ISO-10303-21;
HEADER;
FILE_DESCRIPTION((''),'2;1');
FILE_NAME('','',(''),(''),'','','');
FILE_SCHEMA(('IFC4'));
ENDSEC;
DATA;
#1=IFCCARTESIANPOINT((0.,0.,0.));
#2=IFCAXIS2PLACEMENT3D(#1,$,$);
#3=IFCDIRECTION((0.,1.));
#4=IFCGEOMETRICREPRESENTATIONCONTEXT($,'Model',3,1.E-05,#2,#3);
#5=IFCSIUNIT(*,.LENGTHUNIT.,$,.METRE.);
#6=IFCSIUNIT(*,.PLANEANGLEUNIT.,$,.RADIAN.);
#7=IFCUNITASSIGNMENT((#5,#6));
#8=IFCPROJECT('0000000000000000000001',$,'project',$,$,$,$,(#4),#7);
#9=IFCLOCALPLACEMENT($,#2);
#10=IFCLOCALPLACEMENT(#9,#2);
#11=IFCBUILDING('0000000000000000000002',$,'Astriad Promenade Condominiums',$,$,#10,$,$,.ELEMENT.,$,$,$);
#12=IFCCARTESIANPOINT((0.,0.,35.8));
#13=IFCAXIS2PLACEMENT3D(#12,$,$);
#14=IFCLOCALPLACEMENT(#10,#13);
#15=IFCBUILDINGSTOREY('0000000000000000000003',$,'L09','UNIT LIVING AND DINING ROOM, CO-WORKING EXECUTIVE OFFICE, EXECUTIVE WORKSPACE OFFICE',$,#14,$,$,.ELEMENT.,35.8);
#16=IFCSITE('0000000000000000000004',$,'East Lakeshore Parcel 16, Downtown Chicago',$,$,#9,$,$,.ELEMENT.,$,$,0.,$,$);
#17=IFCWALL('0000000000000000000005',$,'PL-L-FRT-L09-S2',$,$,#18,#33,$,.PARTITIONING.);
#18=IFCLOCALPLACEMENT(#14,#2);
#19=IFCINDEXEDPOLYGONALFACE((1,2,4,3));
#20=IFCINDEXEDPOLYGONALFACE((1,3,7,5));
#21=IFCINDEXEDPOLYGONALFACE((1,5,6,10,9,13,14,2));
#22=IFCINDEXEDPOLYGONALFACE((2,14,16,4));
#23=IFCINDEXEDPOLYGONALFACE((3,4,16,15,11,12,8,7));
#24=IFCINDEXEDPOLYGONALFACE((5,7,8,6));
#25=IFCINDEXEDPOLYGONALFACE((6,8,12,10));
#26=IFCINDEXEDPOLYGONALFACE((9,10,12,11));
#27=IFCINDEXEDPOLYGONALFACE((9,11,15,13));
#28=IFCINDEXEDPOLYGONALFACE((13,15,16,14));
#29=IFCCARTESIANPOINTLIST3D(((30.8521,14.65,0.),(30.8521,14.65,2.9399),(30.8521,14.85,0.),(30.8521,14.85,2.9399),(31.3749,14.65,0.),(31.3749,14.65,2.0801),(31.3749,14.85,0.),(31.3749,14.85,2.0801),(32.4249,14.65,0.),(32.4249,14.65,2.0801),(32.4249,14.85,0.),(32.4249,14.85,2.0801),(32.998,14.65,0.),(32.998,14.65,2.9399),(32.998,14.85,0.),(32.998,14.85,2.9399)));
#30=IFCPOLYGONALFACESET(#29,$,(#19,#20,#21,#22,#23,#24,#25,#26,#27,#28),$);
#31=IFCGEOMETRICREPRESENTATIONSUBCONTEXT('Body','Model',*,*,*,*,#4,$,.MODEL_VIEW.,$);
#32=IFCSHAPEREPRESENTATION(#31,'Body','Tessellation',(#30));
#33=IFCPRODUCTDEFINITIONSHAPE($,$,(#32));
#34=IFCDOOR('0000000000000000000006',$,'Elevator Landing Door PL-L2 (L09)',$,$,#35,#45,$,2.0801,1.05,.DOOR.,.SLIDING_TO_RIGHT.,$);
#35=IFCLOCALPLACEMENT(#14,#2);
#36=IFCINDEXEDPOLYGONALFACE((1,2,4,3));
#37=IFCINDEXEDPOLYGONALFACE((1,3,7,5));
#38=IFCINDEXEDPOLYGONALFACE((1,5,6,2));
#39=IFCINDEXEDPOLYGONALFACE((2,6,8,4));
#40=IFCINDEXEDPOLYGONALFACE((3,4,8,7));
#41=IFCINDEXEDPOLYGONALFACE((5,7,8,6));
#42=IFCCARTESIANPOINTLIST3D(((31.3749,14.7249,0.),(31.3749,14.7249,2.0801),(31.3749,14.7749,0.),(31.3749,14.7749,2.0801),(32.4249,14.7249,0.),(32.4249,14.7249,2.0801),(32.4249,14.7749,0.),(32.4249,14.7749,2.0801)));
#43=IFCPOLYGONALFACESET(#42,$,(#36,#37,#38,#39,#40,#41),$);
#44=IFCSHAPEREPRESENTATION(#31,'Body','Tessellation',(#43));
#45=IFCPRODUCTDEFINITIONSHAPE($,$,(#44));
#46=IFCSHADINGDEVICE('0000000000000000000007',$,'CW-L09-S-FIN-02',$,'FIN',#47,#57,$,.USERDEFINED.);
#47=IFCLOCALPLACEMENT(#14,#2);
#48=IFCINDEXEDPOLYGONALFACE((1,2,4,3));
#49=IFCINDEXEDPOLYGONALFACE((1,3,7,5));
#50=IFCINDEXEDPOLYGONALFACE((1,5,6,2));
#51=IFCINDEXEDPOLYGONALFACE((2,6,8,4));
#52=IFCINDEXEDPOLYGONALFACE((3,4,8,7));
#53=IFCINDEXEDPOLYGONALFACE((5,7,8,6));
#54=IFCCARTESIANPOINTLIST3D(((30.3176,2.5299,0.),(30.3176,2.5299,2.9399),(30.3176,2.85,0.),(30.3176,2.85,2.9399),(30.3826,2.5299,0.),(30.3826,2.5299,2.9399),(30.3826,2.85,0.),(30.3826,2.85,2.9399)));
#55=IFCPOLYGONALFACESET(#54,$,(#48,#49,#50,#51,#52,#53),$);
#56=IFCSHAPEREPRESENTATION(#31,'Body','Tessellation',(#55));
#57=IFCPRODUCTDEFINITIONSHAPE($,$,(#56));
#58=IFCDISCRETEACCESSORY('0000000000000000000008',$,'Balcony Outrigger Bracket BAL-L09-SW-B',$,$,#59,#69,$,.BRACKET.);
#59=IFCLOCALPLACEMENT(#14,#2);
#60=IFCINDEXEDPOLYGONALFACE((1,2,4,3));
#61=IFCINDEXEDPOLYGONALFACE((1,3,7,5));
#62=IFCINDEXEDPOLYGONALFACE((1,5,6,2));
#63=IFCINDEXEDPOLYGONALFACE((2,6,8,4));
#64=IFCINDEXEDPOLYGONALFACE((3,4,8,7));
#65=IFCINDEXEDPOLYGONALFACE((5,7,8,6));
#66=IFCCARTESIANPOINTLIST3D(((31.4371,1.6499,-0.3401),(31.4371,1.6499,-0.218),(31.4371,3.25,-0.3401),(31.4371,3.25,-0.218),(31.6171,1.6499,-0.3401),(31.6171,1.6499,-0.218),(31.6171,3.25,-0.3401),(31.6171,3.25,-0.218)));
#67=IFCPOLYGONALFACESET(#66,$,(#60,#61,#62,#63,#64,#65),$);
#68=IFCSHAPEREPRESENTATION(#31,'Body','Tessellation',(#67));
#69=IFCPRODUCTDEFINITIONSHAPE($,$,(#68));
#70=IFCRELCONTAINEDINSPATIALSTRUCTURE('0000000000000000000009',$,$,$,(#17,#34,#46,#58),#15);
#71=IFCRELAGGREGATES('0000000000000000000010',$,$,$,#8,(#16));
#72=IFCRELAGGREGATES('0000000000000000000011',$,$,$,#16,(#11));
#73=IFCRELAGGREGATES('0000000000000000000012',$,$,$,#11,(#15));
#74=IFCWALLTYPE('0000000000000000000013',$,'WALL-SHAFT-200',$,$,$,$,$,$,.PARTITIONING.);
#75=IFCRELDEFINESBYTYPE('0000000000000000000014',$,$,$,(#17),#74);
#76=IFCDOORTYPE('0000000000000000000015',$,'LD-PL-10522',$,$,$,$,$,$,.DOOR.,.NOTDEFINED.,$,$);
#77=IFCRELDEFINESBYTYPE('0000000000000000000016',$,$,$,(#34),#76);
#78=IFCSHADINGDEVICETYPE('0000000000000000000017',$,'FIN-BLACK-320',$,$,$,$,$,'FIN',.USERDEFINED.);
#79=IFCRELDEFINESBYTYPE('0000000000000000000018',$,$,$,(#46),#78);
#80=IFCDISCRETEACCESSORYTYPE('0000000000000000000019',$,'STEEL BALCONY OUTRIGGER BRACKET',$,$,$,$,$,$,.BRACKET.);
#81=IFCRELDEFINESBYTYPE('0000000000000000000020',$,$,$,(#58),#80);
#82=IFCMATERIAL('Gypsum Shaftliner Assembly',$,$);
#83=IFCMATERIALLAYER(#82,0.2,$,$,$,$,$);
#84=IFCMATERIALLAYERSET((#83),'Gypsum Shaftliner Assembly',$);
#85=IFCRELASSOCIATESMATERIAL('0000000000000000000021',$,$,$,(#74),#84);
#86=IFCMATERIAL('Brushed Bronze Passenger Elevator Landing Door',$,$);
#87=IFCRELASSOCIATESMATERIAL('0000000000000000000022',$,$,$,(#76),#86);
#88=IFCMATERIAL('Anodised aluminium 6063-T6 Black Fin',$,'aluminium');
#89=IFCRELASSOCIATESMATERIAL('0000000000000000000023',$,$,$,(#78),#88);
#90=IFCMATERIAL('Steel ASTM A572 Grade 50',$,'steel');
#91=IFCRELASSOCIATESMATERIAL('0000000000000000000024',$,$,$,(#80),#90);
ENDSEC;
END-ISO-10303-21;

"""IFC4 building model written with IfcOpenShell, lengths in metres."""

from ifc_helpers import new_model, si_unit, direction, frame, frame_2d, origin, origin_2d, place, context, subcontext, project, spatial, rectangle, extrude, source, transform, mapped, material, layer, layer_set, type_object, type_shapes, element, fill, save


model = new_model("IFC4")

# Units and contexts
model_context = context("Model", 3, precision=1e-05, world=origin(), true_north=direction((0.0, 1.0)))
body_context = subcontext(model_context, "Body", "Model", "MODEL_VIEW")
ifc_project = project(units=[si_unit("LENGTHUNIT", "METRE"), si_unit("PLANEANGLEUNIT", "RADIAN")], contexts=[model_context])

# Site, building, storey
site_placement = place(None, origin())
site = spatial("IfcSite", under=ifc_project, at=site_placement, Name="East Lakeshore Parcel 16, Downtown Chicago", CompositionType="ELEMENT", RefElevation=0.0)
building_placement = place(site_placement, origin())
building = spatial("IfcBuilding", under=site, at=building_placement, Name="Astriad Promenade Condominiums", CompositionType="ELEMENT")
storey_placement = place(building_placement, frame((0.0, 0.0, 35.8)))
storey = spatial("IfcBuildingStorey", under=building, at=storey_placement, Name="L09", Description="UNIT LIVING AND DINING ROOM, CO-WORKING EXECUTIVE OFFICE, EXECUTIVE WORKSPACE OFFICE", CompositionType="ELEMENT", Elevation=35.8)

# Shared definitions
ifc_material_1 = material(Name="Gypsum Shaftliner Assembly")
ifc_layer_1 = layer(ifc_material_1, 0.2)
ifc_layer_set_1 = layer_set([ifc_layer_1], Name="Gypsum Shaftliner Assembly")
wall_type_1 = type_object("IfcWallType", Name="WALL-SHAFT-200", PredefinedType="PARTITIONING", material=ifc_layer_set_1)

# Wall, opening, door
ifc_material_2 = material(Name="Brushed Bronze Passenger Elevator Landing Door")
door_type_1 = type_object("IfcDoorType", Name="LD-PL-10522", OperationType="NOTDEFINED", PredefinedType="DOOR", material=ifc_material_2)
shared_shape_1 = source(origin(), body_context, "Body", "SweptSolid", [
    extrude(rectangle(XDim=1.05, YDim=2.0801, at=frame_2d((0.5249, 1.04))), frame((0.0, 0.0249, 0.0), z_axis=(0.0, -1.0, 0.0), x_axis=(1.0, 0.0, 0.0)), (0.0, 0.0, 1.0), 0.05),
])
type_shapes(door_type_1, [shared_shape_1])
wall_1_placement = place(storey_placement, frame((30.8521, 14.75, 0.0), z_axis=(0.0, 0.0, 1.0), x_axis=(1.0, 0.0, 0.0)))
wall_1 = element("IfcWall", 1, at=wall_1_placement, inside=storey, type_object=wall_type_1, Name="PL-L-FRT-L09-S2", PredefinedType="PARTITIONING", context=body_context, shape_type="SweptSolid", body=[
    extrude(rectangle(XDim=2.146, YDim=0.2, at=frame_2d((1.073, 0.0))), origin(), (0.0, 0.0, 1.0), 2.9399),
])
opening_1_placement = place(wall_1_placement, frame((0.5229, 0.0, 0.0)))
opening_1 = element("IfcOpeningElement", 2, at=opening_1_placement, cuts=wall_1, PredefinedType="OPENING", context=body_context, shape_type="SweptSolid", body=[
    extrude(rectangle(XDim=1.05, YDim=2.0801, at=frame_2d((0.5249, 1.04))), frame((0.0, 0.1099, 0.0), z_axis=(0.0, -1.0, 0.0), x_axis=(1.0, 0.0, 0.0)), (0.0, 0.0, 1.0), 0.22),
])
door_1_placement = place(opening_1_placement, origin())
door_1 = element("IfcDoor", 3, at=door_1_placement, inside=storey, type_object=door_type_1, Name="Elevator Landing Door PL-L2 (L09)", OperationType="SLIDING_TO_RIGHT", OverallHeight=2.0801, OverallWidth=1.05, PredefinedType="DOOR", context=body_context, shape_type="MappedRepresentation", body=[
    mapped(shared_shape_1, transform((0.0, 0.0, 0.0), scale=1.0)),
])
fill(opening_1, door_1)

# Shading device
ifc_material_3 = material(Name="Anodised aluminium 6063-T6 Black Fin", Category="aluminium")
shading_device_type = type_object("IfcShadingDeviceType", Name="FIN-BLACK-320", ElementType="FIN", PredefinedType="USERDEFINED", material=ifc_material_3)
shared_shape_2 = source(origin(), body_context, "Body", "SweptSolid", [
    extrude(rectangle(XDim=0.0649, YDim=0.3201, at=origin_2d()), origin(), (0.0, 0.0, 1.0), 2.9399),
])
type_shapes(shading_device_type, [shared_shape_2])
shading_device_placement = place(storey_placement, frame((30.3501, 2.6899, 0.0), z_axis=(0.0, 0.0, 1.0), x_axis=(-1.0, 0.0, 0.0)))
element("IfcShadingDevice", 4, at=shading_device_placement, inside=storey, type_object=shading_device_type, Name="CW-L09-S-FIN-02", ObjectType="FIN", PredefinedType="USERDEFINED", context=body_context, shape_type="MappedRepresentation", body=[
    mapped(shared_shape_2, transform((0.0, 0.0, 0.0), scale=1.0)),
])

# Discrete accessory
ifc_material_4 = material(Name="Steel ASTM A572 Grade 50", Category="steel")
discrete_accessory_type = type_object("IfcDiscreteAccessoryType", Name="STEEL BALCONY OUTRIGGER BRACKET", PredefinedType="BRACKET", material=ifc_material_4)
shared_shape_3 = source(origin(), body_context, "Body", "SweptSolid", [
    extrude(rectangle(XDim=1.6001, YDim=0.1799, at=origin_2d()), origin(), (0.0, 0.0, 1.0), 0.1221),
])
type_shapes(discrete_accessory_type, [shared_shape_3])
discrete_accessory_placement = place(storey_placement, frame((31.5271, 2.45, -0.3401), z_axis=(0.0, 0.0, 1.0), x_axis=(0.0, -1.0, 0.0)))
element("IfcDiscreteAccessory", 5, at=discrete_accessory_placement, inside=storey, type_object=discrete_accessory_type, Name="Balcony Outrigger Bracket BAL-L09-SW-B", PredefinedType="BRACKET", context=body_context, shape_type="MappedRepresentation", body=[
    mapped(shared_shape_3, transform((0.0, 0.0, 0.0), scale=1.0)),
])

save(model, "model.ifc")
